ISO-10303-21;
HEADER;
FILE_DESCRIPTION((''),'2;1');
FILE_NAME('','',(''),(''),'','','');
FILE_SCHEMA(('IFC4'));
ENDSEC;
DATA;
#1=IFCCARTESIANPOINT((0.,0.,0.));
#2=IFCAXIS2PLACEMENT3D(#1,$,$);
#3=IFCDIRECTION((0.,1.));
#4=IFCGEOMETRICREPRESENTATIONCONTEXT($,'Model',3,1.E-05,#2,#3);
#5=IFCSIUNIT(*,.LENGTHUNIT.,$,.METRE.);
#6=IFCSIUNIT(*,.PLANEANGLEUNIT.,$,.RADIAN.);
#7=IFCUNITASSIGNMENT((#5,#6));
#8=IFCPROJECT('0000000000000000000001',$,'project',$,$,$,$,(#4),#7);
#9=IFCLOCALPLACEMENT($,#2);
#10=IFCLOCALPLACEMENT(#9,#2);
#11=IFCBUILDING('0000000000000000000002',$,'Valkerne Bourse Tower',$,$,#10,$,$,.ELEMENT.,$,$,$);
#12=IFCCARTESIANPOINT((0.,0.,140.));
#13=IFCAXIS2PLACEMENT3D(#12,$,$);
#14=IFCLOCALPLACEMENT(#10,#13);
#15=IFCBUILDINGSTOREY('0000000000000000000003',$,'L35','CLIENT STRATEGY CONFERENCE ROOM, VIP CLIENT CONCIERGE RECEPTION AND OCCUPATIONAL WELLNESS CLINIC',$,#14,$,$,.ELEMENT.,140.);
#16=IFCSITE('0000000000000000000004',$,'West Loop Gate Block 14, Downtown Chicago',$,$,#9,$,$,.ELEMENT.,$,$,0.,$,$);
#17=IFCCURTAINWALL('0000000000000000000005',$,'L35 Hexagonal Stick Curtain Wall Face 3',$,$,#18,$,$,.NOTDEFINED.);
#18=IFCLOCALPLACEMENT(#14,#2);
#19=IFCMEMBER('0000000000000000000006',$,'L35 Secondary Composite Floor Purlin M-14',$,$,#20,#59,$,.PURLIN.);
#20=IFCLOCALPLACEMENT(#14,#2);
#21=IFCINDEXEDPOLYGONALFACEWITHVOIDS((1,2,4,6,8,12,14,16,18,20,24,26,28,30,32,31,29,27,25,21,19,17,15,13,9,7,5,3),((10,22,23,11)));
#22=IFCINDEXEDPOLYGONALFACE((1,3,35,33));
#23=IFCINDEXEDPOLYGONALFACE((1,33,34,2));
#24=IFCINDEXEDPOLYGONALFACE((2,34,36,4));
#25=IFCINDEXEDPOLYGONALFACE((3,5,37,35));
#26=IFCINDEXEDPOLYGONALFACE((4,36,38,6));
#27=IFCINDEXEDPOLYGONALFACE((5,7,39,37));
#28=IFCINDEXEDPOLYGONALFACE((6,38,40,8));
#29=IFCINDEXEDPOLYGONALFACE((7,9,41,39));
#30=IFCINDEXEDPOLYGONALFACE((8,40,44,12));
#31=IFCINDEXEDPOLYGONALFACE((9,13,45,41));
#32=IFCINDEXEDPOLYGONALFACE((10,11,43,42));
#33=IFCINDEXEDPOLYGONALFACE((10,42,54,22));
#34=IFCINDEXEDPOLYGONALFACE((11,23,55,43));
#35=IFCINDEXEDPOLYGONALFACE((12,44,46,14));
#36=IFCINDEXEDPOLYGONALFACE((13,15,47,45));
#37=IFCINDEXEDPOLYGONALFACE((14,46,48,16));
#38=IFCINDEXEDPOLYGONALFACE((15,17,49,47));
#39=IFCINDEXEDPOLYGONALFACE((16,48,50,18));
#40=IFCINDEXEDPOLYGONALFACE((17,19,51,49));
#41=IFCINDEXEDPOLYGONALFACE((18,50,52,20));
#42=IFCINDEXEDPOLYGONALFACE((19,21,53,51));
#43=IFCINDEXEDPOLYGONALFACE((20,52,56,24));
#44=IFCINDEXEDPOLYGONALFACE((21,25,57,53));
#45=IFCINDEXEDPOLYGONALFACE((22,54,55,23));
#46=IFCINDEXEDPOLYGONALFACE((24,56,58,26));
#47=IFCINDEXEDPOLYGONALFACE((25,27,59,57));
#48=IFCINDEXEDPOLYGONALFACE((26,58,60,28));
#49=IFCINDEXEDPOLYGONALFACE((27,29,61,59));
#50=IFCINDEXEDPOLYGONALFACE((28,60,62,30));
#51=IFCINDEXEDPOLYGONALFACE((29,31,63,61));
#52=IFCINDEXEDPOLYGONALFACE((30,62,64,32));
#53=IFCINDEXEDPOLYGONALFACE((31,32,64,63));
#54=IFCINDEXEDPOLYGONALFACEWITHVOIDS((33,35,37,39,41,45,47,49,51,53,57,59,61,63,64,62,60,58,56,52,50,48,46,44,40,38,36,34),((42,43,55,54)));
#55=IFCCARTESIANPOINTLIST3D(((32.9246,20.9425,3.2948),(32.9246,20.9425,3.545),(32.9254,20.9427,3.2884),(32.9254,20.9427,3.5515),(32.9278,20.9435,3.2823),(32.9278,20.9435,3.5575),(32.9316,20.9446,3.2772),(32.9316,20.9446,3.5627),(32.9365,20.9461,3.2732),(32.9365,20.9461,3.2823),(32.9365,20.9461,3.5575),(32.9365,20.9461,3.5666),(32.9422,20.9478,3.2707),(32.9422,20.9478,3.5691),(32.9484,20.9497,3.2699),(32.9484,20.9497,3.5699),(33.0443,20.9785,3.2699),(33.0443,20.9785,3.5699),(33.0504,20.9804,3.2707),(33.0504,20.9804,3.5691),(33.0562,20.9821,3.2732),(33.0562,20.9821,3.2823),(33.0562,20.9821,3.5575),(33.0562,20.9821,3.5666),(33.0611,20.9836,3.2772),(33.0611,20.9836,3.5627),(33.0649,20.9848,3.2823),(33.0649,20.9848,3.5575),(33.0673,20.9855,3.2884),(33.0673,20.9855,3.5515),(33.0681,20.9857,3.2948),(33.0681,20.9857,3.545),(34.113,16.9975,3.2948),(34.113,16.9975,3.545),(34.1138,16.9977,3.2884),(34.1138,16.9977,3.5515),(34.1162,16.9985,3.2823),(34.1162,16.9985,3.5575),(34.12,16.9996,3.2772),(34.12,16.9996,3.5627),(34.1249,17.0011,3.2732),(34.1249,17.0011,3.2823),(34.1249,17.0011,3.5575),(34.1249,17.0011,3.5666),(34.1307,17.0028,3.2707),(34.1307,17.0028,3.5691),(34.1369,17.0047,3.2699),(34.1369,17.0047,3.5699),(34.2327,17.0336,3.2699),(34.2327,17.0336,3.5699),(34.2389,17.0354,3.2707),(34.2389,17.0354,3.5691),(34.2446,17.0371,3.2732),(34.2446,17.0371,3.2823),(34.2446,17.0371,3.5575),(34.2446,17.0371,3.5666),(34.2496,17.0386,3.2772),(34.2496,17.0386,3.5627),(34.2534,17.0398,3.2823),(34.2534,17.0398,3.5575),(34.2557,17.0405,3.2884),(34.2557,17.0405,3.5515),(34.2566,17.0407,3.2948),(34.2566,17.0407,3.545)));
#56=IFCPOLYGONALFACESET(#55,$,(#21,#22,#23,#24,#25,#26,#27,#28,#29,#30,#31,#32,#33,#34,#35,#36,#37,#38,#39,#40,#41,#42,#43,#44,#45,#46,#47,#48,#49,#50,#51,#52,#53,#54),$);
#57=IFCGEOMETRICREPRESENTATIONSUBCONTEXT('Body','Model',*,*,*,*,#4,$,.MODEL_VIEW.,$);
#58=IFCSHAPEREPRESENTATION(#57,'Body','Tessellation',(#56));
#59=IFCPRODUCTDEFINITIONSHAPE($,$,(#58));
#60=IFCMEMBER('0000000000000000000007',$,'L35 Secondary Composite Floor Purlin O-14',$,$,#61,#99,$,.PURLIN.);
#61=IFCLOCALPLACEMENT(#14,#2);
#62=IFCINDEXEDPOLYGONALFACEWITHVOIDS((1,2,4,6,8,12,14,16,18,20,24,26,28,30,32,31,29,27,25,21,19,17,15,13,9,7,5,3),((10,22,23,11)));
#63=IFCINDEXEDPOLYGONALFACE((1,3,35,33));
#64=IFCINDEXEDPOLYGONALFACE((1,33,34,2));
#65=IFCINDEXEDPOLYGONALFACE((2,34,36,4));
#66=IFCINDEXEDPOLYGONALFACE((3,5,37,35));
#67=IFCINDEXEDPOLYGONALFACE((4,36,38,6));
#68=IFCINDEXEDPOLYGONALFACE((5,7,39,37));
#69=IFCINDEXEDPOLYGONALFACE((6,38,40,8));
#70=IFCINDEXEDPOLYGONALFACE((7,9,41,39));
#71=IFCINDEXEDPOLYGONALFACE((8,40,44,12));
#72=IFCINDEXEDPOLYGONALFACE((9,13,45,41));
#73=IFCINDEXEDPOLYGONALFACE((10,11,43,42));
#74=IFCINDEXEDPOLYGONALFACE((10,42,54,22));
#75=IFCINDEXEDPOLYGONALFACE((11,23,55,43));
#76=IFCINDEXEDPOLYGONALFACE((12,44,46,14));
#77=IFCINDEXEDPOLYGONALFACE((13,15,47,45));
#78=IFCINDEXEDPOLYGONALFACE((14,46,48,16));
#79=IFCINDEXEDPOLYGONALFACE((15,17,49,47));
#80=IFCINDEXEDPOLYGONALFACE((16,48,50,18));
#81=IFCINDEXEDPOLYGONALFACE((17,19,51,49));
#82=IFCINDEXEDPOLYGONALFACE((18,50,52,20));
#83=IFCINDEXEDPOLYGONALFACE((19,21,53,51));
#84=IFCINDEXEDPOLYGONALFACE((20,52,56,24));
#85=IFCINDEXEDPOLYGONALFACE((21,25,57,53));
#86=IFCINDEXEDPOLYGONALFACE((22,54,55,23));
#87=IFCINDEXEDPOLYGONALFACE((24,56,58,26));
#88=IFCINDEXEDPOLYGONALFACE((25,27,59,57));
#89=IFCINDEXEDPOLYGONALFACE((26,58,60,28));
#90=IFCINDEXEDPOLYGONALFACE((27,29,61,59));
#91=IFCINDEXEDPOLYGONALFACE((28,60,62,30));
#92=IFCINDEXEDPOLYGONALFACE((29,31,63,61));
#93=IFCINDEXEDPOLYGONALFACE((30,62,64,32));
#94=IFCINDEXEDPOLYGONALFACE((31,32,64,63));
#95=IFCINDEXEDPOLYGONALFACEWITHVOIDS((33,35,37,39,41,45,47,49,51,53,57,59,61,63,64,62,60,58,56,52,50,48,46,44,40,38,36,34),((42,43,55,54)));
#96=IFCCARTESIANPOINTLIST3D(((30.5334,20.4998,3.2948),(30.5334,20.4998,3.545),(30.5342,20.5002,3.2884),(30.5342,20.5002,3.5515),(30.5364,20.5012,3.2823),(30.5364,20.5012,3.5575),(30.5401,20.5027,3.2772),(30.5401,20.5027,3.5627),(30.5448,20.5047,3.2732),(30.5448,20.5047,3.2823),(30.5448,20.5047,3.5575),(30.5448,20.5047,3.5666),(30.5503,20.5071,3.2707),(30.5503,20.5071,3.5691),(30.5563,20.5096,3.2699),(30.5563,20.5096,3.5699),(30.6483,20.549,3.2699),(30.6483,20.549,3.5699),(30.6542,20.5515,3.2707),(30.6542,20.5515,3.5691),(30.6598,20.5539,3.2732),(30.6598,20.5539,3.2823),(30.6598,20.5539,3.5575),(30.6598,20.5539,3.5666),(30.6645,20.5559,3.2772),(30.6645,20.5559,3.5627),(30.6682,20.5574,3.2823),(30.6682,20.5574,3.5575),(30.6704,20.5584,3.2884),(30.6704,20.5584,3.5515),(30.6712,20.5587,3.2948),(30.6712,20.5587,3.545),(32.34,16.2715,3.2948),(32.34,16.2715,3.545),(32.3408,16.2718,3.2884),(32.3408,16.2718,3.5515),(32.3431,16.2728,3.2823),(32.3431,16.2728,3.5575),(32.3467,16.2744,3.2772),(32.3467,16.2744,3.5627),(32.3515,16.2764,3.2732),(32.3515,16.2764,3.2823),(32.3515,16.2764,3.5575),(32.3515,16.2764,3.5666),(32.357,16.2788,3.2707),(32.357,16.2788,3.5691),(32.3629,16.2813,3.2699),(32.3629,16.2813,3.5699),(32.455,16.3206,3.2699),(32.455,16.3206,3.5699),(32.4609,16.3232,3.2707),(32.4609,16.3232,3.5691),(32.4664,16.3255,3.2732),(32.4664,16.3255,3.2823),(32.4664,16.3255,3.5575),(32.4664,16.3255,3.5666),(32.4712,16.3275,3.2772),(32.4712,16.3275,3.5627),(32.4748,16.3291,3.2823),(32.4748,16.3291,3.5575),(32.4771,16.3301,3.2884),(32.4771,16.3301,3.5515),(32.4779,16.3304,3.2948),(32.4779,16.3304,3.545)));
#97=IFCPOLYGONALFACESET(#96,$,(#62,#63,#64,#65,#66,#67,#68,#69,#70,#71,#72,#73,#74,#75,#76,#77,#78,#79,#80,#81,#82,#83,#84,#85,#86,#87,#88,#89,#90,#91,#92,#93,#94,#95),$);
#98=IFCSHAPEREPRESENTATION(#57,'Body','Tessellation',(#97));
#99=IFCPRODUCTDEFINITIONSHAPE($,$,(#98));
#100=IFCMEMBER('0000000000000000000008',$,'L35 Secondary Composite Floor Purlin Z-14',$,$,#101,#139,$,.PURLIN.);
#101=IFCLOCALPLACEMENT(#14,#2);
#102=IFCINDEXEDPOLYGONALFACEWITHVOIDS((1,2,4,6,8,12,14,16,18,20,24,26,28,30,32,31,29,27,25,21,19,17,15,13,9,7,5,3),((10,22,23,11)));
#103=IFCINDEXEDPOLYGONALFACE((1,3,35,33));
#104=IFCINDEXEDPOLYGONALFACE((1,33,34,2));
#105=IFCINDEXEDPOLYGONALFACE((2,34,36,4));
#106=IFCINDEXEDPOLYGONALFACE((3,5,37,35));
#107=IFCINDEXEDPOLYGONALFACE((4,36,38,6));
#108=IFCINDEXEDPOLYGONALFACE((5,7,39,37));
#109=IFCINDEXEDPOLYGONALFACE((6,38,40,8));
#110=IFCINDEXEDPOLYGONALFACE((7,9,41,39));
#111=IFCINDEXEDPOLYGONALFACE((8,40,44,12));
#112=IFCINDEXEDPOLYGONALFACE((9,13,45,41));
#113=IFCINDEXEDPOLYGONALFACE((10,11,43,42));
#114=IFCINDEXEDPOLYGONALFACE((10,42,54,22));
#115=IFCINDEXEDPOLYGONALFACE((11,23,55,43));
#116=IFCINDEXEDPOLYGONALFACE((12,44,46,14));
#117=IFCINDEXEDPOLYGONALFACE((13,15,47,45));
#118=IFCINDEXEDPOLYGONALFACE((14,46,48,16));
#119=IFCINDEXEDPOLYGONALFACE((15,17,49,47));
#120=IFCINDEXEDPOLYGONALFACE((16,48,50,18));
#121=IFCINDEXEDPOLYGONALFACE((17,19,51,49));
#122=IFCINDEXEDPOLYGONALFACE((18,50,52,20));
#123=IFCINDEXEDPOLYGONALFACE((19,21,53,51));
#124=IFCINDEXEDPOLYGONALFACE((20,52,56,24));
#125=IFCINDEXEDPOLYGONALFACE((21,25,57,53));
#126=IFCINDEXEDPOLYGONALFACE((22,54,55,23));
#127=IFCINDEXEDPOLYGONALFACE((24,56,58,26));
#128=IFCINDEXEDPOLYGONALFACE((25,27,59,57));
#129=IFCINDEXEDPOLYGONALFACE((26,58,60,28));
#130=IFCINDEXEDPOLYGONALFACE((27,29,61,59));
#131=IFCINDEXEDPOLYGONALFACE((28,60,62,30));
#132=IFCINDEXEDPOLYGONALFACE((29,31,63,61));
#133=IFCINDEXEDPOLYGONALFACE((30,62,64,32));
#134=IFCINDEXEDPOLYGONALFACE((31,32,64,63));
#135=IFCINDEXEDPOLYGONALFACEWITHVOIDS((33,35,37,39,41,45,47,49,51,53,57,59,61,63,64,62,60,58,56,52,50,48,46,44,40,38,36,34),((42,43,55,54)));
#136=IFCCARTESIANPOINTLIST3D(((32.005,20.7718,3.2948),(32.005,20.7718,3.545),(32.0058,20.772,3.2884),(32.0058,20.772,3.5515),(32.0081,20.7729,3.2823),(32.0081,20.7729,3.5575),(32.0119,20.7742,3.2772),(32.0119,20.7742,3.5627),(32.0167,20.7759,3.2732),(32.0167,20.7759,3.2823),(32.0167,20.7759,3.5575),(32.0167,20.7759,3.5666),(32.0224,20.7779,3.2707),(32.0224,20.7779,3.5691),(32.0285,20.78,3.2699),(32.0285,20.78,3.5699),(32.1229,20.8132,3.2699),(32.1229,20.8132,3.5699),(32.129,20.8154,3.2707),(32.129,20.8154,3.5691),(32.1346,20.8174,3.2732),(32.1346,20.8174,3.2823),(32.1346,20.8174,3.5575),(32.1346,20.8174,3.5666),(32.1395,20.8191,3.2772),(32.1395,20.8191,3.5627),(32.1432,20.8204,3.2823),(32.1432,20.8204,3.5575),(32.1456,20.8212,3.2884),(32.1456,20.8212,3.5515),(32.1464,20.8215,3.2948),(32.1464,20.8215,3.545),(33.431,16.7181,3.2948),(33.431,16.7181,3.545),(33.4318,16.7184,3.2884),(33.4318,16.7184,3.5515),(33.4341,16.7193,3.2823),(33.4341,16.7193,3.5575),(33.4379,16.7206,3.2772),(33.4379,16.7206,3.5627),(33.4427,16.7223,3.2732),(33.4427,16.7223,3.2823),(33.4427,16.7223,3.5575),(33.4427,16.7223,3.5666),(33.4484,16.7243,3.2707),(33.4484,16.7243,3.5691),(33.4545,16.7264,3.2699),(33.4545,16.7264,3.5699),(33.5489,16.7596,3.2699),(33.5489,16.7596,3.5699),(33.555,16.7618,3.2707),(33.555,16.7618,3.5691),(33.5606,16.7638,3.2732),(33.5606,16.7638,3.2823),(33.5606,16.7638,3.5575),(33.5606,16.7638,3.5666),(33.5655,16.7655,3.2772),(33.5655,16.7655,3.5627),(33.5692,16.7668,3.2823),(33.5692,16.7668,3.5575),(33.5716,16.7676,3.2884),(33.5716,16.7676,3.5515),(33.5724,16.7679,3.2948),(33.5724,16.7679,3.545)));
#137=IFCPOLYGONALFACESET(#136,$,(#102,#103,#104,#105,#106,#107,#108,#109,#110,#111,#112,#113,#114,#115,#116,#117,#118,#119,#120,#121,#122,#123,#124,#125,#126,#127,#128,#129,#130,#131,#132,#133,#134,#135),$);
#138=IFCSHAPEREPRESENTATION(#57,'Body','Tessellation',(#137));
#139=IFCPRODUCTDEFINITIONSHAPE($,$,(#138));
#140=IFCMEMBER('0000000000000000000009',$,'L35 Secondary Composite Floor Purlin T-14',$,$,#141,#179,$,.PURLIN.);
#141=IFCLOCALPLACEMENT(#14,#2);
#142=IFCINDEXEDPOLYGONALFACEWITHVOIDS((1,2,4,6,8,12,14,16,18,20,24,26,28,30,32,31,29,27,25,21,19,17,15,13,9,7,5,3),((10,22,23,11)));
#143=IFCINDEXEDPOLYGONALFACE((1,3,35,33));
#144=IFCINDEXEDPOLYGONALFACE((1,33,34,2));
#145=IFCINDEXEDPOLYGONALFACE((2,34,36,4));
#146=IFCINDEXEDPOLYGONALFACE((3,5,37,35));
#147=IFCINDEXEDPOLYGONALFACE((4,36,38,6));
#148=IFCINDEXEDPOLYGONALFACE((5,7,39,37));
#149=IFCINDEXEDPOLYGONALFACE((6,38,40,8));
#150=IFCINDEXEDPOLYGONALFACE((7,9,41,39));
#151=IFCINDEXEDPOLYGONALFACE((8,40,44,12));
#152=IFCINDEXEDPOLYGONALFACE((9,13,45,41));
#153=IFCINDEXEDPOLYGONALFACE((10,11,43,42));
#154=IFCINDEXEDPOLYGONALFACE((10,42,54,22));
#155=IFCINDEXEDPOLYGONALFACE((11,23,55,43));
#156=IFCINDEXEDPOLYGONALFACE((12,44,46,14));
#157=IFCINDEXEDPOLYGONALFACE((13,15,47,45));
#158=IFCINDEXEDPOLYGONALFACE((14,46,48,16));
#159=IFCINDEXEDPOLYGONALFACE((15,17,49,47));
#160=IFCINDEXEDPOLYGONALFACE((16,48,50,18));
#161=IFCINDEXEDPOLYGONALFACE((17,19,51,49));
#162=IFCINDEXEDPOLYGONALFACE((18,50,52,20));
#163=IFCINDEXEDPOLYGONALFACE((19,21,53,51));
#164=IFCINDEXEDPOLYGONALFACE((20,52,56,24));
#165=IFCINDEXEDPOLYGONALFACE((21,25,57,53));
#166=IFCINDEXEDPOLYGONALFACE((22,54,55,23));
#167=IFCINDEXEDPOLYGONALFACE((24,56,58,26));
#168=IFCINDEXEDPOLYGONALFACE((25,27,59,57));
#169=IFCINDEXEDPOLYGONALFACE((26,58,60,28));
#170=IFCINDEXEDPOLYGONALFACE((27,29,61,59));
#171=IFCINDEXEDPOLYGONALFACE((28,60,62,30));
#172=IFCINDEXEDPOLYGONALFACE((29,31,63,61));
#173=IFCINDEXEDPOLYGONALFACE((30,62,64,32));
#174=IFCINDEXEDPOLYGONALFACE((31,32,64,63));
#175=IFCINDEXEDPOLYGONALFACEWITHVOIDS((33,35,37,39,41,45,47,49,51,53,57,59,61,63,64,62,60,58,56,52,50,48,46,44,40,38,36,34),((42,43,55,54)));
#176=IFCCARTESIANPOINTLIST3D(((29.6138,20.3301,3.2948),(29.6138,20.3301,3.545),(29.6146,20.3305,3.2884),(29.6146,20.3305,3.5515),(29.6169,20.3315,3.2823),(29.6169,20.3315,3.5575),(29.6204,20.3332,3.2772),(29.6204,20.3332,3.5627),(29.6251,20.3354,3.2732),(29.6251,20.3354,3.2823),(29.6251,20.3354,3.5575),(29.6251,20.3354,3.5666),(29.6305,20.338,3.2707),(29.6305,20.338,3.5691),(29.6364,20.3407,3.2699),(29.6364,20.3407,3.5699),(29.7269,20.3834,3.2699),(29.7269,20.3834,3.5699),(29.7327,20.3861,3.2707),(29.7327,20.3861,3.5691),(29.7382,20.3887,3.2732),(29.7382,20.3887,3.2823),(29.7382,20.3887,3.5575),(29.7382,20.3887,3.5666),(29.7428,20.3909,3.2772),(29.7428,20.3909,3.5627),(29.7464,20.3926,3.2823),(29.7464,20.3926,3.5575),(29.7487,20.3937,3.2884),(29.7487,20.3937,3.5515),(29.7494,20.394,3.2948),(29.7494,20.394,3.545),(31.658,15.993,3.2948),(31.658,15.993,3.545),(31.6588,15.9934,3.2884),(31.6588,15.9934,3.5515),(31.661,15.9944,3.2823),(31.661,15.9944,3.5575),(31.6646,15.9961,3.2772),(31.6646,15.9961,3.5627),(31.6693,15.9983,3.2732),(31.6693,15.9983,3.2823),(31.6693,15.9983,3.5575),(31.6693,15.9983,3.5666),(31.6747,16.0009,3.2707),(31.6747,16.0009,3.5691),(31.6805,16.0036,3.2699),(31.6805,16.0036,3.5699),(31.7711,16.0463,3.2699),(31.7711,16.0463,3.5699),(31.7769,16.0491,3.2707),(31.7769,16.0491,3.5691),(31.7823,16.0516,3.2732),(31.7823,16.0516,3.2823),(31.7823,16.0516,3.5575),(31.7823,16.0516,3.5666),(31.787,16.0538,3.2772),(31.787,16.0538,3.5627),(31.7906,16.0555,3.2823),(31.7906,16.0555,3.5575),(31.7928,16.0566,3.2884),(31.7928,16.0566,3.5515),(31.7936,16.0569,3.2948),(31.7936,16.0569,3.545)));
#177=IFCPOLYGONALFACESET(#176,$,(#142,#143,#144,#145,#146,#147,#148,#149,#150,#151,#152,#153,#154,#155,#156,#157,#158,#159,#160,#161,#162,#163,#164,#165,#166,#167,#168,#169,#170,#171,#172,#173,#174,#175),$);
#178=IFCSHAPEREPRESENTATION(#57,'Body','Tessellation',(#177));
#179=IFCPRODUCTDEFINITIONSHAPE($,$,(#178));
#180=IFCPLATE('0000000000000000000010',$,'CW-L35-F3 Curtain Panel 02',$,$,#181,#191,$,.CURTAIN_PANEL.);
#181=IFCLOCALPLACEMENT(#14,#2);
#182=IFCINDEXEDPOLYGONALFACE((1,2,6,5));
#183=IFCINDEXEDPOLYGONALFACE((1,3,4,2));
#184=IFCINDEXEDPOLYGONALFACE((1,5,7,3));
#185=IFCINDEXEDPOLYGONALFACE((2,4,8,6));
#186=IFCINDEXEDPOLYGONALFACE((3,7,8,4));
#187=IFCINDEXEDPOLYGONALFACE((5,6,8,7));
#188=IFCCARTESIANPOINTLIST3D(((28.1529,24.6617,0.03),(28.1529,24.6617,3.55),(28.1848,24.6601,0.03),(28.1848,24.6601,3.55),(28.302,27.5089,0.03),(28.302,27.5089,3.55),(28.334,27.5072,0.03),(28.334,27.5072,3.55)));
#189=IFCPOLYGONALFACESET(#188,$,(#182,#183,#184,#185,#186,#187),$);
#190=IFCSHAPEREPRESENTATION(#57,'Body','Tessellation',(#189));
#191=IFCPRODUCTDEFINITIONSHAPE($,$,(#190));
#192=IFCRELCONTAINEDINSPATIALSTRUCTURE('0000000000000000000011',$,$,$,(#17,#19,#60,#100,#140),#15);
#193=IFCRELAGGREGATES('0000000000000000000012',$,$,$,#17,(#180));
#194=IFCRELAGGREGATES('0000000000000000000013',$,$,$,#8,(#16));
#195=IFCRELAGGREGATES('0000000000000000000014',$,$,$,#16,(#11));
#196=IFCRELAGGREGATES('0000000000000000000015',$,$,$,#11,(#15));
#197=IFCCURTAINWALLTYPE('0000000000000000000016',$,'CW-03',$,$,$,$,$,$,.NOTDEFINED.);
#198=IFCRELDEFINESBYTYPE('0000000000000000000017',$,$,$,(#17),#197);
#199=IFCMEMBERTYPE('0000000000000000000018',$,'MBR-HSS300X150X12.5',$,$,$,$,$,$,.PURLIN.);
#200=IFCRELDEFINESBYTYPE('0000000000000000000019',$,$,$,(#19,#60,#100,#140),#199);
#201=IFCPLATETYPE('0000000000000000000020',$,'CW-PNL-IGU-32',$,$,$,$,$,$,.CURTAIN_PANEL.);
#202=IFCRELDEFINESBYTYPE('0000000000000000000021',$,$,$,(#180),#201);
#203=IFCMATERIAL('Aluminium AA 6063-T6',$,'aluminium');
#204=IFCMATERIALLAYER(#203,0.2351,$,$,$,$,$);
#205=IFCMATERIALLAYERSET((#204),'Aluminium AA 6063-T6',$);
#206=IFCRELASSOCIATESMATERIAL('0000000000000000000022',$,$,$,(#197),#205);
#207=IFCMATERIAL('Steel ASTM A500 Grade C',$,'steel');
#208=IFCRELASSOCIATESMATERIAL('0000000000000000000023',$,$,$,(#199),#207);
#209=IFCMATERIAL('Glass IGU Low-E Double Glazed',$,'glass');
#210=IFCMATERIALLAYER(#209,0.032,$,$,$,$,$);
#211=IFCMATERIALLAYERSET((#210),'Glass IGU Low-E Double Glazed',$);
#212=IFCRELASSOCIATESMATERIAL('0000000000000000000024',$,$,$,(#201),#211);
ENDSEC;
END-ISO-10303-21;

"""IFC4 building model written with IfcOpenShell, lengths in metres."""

from ifc_helpers import new_model, si_unit, direction, frame, origin, origin_2d, place, context, subcontext, project, spatial, rectangle, hollow_rectangle, extrude, material, layer, layer_set, material_profile, profile_set, type_object, element, aggregate, save


model = new_model("IFC4")

# Units and contexts
model_context = context("Model", 3, precision=1e-05, world=origin(), true_north=direction((0.0, 1.0)))
body_context = subcontext(model_context, "Body", "Model", "MODEL_VIEW")
ifc_project = project(units=[si_unit("LENGTHUNIT", "METRE"), si_unit("PLANEANGLEUNIT", "RADIAN")], contexts=[model_context])

# Site, building, storey
site_placement = place(None, origin())
site = spatial("IfcSite", under=ifc_project, at=site_placement, Name="West Loop Gate Block 14, Downtown Chicago", CompositionType="ELEMENT", RefElevation=0.0)
building_placement = place(site_placement, origin())
building = spatial("IfcBuilding", under=site, at=building_placement, Name="Valkerne Bourse Tower", CompositionType="ELEMENT")
storey_placement = place(building_placement, frame((0.0, 0.0, 140.0)))
storey = spatial("IfcBuildingStorey", under=building, at=storey_placement, Name="L35", Description="CLIENT STRATEGY CONFERENCE ROOM, VIP CLIENT CONCIERGE RECEPTION AND OCCUPATIONAL WELLNESS CLINIC", CompositionType="ELEMENT", Elevation=140.0)

# Curtain wall
ifc_material_1 = material(Name="Aluminium AA 6063-T6", Category="aluminium")
ifc_layer_1 = layer(ifc_material_1, 0.2351)
ifc_layer_set_1 = layer_set([ifc_layer_1], Name="Aluminium AA 6063-T6")
curtain_wall_type = type_object("IfcCurtainWallType", Name="CW-03", PredefinedType="NOTDEFINED", material=ifc_layer_set_1)
curtain_wall_placement = place(storey_placement, origin())
curtain_wall = element("IfcCurtainWall", 1, at=curtain_wall_placement, inside=storey, type_object=curtain_wall_type, Name="L35 Hexagonal Stick Curtain Wall Face 3", PredefinedType="NOTDEFINED")

# Members
ifc_material_2 = material(Name="Steel ASTM A500 Grade C", Category="steel")
ifc_material_profile_1 = material_profile(ifc_material_2, hollow_rectangle(XDim=0.1499, YDim=0.3, WallThickness=0.0125, OuterFilletRadius=0.0249, at=origin_2d()), Name="HSS300X150X12.5")
ifc_profile_set_1 = profile_set([ifc_material_profile_1], Name="Steel ASTM A500 Grade C")
member_type_1 = type_object("IfcMemberType", Name="MBR-HSS300X150X12.5", PredefinedType="PURLIN", material=ifc_profile_set_1)
member_1_placement = place(storey_placement, frame((32.9963, 20.9641, 3.4199), z_axis=(0.288451, -0.957495, 0.0), x_axis=(0.957495, 0.288451, 0.0)))
element("IfcMember", 2, at=member_1_placement, inside=storey, type_object=member_type_1, Name="L35 Secondary Composite Floor Purlin M-14", PredefinedType="PURLIN", context=body_context, shape_type="SweptSolid", body=[
    extrude(hollow_rectangle(XDim=0.1499, YDim=0.3, WallThickness=0.0125, OuterFilletRadius=0.0249, at=origin_2d()), origin(), (0.0, 0.0, 1.0), 4.1201),
])
member_2_placement = place(storey_placement, frame((30.6023, 20.5293, 3.4199), z_axis=(0.392913, -0.919576, 0.0), x_axis=(0.919576, 0.392913, 0.0)))
element("IfcMember", 3, at=member_2_placement, inside=storey, type_object=member_type_1, Name="L35 Secondary Composite Floor Purlin O-14", PredefinedType="PURLIN", context=body_context, shape_type="SweptSolid", body=[
    extrude(hollow_rectangle(XDim=0.1499, YDim=0.3, WallThickness=0.0125, OuterFilletRadius=0.0249, at=origin_2d()), origin(), (0.0, 0.0, 1.0), 4.5981),
])
member_3_placement = place(storey_placement, frame((32.0757, 20.7966, 3.4199), z_axis=(0.331848, -0.943333, 0.0), x_axis=(0.943333, 0.331848, 0.0)))
element("IfcMember", 4, at=member_3_placement, inside=storey, type_object=member_type_1, Name="L35 Secondary Composite Floor Purlin Z-14", PredefinedType="PURLIN", context=body_context, shape_type="SweptSolid", body=[
    extrude(hollow_rectangle(XDim=0.1499, YDim=0.3, WallThickness=0.0125, OuterFilletRadius=0.0249, at=origin_2d()), origin(), (0.0, 0.0, 1.0), 4.2971),
])
member_4_placement = place(storey_placement, frame((29.6816, 20.3621, 3.4199), z_axis=(0.426339, -0.904564, 0.0), x_axis=(0.904564, 0.426339, 0.0)))
element("IfcMember", 5, at=member_4_placement, inside=storey, type_object=member_type_1, Name="L35 Secondary Composite Floor Purlin T-14", PredefinedType="PURLIN", context=body_context, shape_type="SweptSolid", body=[
    extrude(hollow_rectangle(XDim=0.1499, YDim=0.3, WallThickness=0.0125, OuterFilletRadius=0.0249, at=origin_2d()), origin(), (0.0, 0.0, 1.0), 4.7947),
])

# Plate
ifc_material_3 = material(Name="Glass IGU Low-E Double Glazed", Category="glass")
ifc_layer_2 = layer(ifc_material_3, 0.032)
ifc_layer_set_2 = layer_set([ifc_layer_2], Name="Glass IGU Low-E Double Glazed")
plate_type = type_object("IfcPlateType", Name="CW-PNL-IGU-32", PredefinedType="CURTAIN_PANEL", material=ifc_layer_set_2)
plate_1_placement = place(storey_placement, frame((28.2434, 26.0845, 0.03), z_axis=(0.0, 0.0, 1.0), x_axis=(-0.052321, -0.99863, 0.0)))
plate_1 = element("IfcPlate", 6, at=plate_1_placement, type_object=plate_type, Name="CW-L35-F3 Curtain Panel 02", PredefinedType="CURTAIN_PANEL", context=body_context, shape_type="SweptSolid", body=[
    extrude(rectangle(XDim=2.8511, YDim=0.032, at=origin_2d()), origin(), (0.0, 0.0, 1.0), 3.52),
])
aggregate(curtain_wall, [plate_1])

save(model, "model.ifc")
